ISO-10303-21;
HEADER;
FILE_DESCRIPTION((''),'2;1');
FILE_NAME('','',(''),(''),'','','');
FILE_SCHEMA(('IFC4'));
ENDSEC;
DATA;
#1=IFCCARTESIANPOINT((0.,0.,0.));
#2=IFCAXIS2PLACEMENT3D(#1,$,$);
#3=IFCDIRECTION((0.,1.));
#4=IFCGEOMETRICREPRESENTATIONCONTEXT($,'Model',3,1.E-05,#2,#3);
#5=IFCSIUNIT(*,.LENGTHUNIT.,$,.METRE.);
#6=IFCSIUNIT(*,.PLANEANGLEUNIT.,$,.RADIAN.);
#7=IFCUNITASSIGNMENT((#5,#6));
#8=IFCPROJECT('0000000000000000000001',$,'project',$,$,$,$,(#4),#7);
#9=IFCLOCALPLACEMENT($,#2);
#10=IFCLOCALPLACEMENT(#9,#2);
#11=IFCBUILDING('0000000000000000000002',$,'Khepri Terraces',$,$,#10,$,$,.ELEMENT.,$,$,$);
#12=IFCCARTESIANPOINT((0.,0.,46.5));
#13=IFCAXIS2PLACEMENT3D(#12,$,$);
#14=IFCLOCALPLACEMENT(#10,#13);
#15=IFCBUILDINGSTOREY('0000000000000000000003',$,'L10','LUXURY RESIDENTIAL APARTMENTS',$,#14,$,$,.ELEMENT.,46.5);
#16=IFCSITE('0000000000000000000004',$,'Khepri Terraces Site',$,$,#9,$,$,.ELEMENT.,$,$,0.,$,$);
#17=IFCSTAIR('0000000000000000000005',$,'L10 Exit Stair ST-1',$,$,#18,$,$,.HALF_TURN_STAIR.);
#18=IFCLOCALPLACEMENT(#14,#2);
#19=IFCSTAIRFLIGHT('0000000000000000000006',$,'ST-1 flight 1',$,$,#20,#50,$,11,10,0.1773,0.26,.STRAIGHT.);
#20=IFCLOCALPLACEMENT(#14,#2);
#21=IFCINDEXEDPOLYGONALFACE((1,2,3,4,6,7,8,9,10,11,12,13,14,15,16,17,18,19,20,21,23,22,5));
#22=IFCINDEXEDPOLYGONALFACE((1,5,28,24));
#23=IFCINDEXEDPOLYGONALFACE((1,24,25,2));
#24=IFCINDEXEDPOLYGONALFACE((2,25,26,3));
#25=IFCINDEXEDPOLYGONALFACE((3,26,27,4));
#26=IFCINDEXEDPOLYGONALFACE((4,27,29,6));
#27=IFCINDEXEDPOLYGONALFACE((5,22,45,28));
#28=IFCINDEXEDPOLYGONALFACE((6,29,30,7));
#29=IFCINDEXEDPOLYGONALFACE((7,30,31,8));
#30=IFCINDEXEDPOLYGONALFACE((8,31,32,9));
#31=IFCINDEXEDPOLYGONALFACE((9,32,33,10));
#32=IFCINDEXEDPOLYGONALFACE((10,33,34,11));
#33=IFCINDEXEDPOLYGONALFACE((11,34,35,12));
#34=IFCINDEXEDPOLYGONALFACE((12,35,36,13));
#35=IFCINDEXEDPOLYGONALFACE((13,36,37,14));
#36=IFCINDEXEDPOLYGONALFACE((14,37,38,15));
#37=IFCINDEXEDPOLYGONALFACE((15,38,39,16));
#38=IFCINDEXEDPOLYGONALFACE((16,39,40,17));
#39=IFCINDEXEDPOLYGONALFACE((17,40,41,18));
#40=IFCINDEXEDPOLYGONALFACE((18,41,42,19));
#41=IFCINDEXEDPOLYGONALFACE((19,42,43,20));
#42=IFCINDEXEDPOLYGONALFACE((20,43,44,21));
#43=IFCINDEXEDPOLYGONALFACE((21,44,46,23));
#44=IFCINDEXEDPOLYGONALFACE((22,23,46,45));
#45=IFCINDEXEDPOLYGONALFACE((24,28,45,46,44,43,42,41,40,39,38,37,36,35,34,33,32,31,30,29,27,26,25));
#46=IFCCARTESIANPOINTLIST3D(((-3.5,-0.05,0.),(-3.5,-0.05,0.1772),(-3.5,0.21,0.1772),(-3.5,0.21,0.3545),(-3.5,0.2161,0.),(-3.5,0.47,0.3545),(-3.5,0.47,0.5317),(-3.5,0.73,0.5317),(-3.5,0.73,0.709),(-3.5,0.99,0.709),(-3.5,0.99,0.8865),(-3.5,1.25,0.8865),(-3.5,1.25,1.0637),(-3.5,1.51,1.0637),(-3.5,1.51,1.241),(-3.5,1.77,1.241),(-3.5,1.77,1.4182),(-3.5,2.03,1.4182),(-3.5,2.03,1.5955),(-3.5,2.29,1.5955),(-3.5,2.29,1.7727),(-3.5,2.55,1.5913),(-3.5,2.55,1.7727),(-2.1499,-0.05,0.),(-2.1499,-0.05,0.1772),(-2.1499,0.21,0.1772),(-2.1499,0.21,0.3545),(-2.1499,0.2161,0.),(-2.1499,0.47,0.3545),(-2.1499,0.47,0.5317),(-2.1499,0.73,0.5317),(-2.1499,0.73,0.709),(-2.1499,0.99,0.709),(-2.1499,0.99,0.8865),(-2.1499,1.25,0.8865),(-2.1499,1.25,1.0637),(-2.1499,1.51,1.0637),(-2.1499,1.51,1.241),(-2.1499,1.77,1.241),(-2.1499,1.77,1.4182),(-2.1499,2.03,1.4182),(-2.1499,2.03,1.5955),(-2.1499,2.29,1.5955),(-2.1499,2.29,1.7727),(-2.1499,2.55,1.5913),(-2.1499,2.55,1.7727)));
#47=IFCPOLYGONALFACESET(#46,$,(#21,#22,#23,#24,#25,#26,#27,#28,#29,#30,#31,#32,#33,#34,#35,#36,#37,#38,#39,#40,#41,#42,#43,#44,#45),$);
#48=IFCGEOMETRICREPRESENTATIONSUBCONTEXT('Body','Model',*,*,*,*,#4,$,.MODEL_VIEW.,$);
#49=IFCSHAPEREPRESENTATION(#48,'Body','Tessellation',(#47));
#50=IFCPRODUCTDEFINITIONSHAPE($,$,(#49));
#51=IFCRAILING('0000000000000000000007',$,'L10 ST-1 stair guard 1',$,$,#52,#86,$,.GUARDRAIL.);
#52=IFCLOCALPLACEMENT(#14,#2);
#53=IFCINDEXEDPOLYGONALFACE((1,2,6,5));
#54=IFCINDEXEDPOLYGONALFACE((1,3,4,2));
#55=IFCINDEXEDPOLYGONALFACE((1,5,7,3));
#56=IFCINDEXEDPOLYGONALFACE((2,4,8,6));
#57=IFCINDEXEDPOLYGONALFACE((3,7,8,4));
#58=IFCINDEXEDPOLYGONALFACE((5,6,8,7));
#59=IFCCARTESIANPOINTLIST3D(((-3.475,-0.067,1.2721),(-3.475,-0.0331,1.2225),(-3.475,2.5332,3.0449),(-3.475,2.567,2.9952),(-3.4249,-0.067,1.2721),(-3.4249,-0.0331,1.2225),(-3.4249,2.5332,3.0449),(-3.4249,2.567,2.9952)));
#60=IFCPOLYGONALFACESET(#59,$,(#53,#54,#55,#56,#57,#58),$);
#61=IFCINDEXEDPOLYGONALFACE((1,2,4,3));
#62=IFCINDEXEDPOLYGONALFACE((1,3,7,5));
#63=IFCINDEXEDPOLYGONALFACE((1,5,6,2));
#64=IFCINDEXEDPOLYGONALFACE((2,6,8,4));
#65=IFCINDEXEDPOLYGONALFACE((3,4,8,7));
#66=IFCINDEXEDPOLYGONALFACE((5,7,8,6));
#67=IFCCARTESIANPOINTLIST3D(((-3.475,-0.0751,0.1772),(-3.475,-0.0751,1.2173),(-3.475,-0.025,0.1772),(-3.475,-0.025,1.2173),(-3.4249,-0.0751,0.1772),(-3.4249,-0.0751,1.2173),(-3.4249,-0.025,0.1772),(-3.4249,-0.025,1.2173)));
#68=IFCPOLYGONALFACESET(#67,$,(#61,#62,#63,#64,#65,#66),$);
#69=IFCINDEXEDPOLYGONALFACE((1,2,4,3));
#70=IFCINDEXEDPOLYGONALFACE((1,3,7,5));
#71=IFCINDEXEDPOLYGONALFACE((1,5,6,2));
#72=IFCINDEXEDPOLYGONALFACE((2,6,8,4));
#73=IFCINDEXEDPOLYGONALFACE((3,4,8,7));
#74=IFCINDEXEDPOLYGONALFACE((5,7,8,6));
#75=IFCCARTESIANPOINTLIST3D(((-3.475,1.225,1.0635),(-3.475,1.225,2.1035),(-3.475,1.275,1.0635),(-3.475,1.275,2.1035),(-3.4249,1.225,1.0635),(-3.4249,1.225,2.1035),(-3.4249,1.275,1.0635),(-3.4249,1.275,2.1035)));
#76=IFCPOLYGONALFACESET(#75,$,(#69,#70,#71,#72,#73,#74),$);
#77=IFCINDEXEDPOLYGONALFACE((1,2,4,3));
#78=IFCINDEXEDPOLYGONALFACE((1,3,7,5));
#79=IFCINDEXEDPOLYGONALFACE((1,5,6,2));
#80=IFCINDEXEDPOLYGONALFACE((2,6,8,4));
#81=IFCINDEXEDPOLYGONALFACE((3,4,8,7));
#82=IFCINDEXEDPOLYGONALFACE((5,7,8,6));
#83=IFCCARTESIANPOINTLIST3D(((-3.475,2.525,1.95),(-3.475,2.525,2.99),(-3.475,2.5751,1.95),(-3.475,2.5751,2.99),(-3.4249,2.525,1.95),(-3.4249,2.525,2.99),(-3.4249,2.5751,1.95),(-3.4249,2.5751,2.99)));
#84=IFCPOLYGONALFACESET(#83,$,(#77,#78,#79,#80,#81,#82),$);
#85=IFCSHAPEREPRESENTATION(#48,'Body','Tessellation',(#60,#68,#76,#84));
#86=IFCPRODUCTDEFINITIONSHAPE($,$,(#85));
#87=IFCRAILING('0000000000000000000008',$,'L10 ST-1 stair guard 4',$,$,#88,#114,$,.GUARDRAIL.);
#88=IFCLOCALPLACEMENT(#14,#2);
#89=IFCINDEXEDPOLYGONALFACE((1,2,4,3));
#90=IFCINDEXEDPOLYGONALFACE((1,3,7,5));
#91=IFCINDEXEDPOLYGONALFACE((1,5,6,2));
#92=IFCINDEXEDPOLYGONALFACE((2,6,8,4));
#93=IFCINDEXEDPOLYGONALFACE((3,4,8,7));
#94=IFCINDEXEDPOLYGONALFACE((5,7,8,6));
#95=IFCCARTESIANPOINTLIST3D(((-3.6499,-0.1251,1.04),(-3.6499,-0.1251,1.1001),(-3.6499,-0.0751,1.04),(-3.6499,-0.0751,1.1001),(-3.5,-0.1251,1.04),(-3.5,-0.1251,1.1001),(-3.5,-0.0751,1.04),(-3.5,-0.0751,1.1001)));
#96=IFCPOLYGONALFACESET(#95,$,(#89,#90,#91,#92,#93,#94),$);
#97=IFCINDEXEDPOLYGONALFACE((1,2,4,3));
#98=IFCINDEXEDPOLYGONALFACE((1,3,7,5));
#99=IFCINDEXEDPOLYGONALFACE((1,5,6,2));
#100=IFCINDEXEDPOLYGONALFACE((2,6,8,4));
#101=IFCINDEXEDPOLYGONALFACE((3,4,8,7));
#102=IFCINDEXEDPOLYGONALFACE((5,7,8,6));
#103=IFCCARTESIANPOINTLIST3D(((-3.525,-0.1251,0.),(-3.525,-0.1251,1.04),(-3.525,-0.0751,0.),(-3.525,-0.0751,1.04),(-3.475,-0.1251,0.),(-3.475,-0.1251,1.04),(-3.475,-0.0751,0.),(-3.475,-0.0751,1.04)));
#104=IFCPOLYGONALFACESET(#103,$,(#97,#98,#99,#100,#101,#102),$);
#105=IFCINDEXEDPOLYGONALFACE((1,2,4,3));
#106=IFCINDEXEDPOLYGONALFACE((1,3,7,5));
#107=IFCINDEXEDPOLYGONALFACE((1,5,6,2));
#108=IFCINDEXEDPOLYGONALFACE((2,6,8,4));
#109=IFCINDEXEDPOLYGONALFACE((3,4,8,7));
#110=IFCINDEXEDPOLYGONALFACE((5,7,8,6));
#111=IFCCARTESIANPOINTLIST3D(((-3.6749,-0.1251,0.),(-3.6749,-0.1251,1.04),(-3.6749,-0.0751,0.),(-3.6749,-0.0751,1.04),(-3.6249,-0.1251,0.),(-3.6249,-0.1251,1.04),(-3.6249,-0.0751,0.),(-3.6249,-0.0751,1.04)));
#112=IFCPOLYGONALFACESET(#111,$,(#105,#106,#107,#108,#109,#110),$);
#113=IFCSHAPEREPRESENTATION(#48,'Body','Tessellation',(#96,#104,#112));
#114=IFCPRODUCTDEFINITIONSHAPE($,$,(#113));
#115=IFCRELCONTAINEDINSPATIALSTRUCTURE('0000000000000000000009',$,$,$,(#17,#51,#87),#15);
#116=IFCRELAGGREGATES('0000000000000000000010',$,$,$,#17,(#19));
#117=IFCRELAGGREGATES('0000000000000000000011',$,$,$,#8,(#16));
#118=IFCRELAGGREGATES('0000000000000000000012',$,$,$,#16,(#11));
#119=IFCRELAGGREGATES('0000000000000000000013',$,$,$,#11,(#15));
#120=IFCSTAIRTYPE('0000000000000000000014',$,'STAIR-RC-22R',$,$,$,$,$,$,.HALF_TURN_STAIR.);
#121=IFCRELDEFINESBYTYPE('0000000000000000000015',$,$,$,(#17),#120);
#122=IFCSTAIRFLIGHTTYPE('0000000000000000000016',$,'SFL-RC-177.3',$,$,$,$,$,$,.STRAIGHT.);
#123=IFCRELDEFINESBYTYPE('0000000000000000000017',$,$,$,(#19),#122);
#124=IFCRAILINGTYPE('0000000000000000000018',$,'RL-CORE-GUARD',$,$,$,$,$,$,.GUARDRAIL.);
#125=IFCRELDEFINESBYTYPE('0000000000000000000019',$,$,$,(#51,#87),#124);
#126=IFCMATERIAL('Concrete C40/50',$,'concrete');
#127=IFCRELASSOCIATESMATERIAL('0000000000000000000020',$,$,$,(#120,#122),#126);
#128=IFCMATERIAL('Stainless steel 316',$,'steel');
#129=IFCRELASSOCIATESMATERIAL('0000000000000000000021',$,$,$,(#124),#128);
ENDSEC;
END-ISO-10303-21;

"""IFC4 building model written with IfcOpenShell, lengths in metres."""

from ifc_helpers import new_model, si_unit, direction, frame, origin, origin_2d, place, context, subcontext, project, spatial, polyline, rectangle, outline, extrude, material, type_object, element, aggregate, save


model = new_model("IFC4")

# Units and contexts
model_context = context("Model", 3, precision=1e-05, world=origin(), true_north=direction((0.0, 1.0)))
body_context = subcontext(model_context, "Body", "Model", "MODEL_VIEW")
ifc_project = project(units=[si_unit("LENGTHUNIT", "METRE"), si_unit("PLANEANGLEUNIT", "RADIAN")], contexts=[model_context])

# Site, building, storey
site_placement = place(None, origin())
site = spatial("IfcSite", under=ifc_project, at=site_placement, Name="Khepri Terraces Site", CompositionType="ELEMENT", RefElevation=0.0)
building_placement = place(site_placement, origin())
building = spatial("IfcBuilding", under=site, at=building_placement, Name="Khepri Terraces", CompositionType="ELEMENT")
storey_placement = place(building_placement, frame((0.0, 0.0, 46.5)))
storey = spatial("IfcBuildingStorey", under=building, at=storey_placement, Name="L10", Description="LUXURY RESIDENTIAL APARTMENTS", CompositionType="ELEMENT", Elevation=46.5)

# Stair, stair flight
ifc_material_1 = material(Name="Concrete C40/50", Category="concrete")
stair_type = type_object("IfcStairType", Name="STAIR-RC-22R", PredefinedType="HALF_TURN_STAIR", material=ifc_material_1)
stair_placement = place(storey_placement, origin())
stair = element("IfcStair", 1, at=stair_placement, inside=storey, type_object=stair_type, Name="L10 Exit Stair ST-1", PredefinedType="HALF_TURN_STAIR")
stair_flight_type = type_object("IfcStairFlightType", Name="SFL-RC-177.3", PredefinedType="STRAIGHT", material=ifc_material_1)
stair_flight_placement = place(storey_placement, frame((-2.825, -0.05, 0.0), z_axis=(0.0, 0.0, 1.0), x_axis=(0.0, 1.0, 0.0)))
stair_flight = element("IfcStairFlight", 2, at=stair_flight_placement, type_object=stair_flight_type, Name="ST-1 flight 1", NumberOfRisers=11, NumberOfTreads=10, PredefinedType="STRAIGHT", RiserHeight=0.1773, TreadLength=0.26, context=body_context, shape_type="SweptSolid", body=[
    extrude(outline(polyline([(0.0, 0.0), (0.0, 0.1772), (0.26, 0.1772), (0.26, 0.3545), (0.52, 0.3545), (0.52, 0.5317), (0.78, 0.5317), (0.78, 0.709), (1.04, 0.709), (1.04, 0.8865), (1.3, 0.8865), (1.3, 1.0637), (1.5601, 1.0637), (1.5601, 1.241), (1.8201, 1.241), (1.8201, 1.4182), (2.0801, 1.4182), (2.0801, 1.5955), (2.3401, 1.5955), (2.3401, 1.7727), (2.6001, 1.7727), (2.6001, 1.95), (2.6001, 1.5913), (0.2661, 0.0), (0.0, 0.0)])), frame((0.0, 0.675, 0.0), z_axis=(0.0, -1.0, 0.0), x_axis=(1.0, 0.0, 0.0)), (0.0, 0.0, 1.0), 1.3501),
])
aggregate(stair, [stair_flight])

# Railings
ifc_material_2 = material(Name="Stainless steel 316", Category="steel")
railing_type = type_object("IfcRailingType", Name="RL-CORE-GUARD", PredefinedType="GUARDRAIL", material=ifc_material_2)
railing_1_placement = place(storey_placement, frame((-3.45, -0.05, 0.1772)))
element("IfcRailing", 3, at=railing_1_placement, inside=storey, type_object=railing_type, Name="L10 ST-1 stair guard 1", PredefinedType="GUARDRAIL", context=body_context, shape_type="SweptSolid", body=[
    extrude(rectangle(XDim=0.05, YDim=0.0601, at=origin_2d()), frame((0.0, 0.0, 1.0701), z_axis=(0.0, 0.82624, 0.563318), x_axis=(-1.0, 0.0, 0.0)), (0.0, 0.0, 1.0), 3.147),
    extrude(rectangle(XDim=0.05, YDim=0.05, at=origin_2d()), origin(), (0.0, 0.0, 1.0), 1.04),
    extrude(rectangle(XDim=0.05, YDim=0.05, at=origin_2d()), frame((0.0, 1.3, 0.8862)), (0.0, 0.0, 1.0), 1.04),
    extrude(rectangle(XDim=0.05, YDim=0.05, at=origin_2d()), frame((0.0, 2.6001, 1.7727)), (0.0, 0.0, 1.0), 1.04),
])
railing_2_placement = place(storey_placement, frame((-3.5, -0.1001, 0.0)))
element("IfcRailing", 4, at=railing_2_placement, inside=storey, type_object=railing_type, Name="L10 ST-1 stair guard 4", PredefinedType="GUARDRAIL", context=body_context, shape_type="SweptSolid", body=[
    extrude(rectangle(XDim=0.05, YDim=0.0601, at=origin_2d()), frame((0.0, 0.0, 1.0701), z_axis=(-1.0, 0.0, 0.0), x_axis=(0.0, -1.0, 0.0)), (0.0, 0.0, 1.0), 0.1499),
    extrude(rectangle(XDim=0.05, YDim=0.05, at=origin_2d()), origin(), (0.0, 0.0, 1.0), 1.04),
    extrude(rectangle(XDim=0.05, YDim=0.05, at=origin_2d()), frame((-0.1499, 0.0, 0.0)), (0.0, 0.0, 1.0), 1.04),
])

save(model, "model.ifc")
